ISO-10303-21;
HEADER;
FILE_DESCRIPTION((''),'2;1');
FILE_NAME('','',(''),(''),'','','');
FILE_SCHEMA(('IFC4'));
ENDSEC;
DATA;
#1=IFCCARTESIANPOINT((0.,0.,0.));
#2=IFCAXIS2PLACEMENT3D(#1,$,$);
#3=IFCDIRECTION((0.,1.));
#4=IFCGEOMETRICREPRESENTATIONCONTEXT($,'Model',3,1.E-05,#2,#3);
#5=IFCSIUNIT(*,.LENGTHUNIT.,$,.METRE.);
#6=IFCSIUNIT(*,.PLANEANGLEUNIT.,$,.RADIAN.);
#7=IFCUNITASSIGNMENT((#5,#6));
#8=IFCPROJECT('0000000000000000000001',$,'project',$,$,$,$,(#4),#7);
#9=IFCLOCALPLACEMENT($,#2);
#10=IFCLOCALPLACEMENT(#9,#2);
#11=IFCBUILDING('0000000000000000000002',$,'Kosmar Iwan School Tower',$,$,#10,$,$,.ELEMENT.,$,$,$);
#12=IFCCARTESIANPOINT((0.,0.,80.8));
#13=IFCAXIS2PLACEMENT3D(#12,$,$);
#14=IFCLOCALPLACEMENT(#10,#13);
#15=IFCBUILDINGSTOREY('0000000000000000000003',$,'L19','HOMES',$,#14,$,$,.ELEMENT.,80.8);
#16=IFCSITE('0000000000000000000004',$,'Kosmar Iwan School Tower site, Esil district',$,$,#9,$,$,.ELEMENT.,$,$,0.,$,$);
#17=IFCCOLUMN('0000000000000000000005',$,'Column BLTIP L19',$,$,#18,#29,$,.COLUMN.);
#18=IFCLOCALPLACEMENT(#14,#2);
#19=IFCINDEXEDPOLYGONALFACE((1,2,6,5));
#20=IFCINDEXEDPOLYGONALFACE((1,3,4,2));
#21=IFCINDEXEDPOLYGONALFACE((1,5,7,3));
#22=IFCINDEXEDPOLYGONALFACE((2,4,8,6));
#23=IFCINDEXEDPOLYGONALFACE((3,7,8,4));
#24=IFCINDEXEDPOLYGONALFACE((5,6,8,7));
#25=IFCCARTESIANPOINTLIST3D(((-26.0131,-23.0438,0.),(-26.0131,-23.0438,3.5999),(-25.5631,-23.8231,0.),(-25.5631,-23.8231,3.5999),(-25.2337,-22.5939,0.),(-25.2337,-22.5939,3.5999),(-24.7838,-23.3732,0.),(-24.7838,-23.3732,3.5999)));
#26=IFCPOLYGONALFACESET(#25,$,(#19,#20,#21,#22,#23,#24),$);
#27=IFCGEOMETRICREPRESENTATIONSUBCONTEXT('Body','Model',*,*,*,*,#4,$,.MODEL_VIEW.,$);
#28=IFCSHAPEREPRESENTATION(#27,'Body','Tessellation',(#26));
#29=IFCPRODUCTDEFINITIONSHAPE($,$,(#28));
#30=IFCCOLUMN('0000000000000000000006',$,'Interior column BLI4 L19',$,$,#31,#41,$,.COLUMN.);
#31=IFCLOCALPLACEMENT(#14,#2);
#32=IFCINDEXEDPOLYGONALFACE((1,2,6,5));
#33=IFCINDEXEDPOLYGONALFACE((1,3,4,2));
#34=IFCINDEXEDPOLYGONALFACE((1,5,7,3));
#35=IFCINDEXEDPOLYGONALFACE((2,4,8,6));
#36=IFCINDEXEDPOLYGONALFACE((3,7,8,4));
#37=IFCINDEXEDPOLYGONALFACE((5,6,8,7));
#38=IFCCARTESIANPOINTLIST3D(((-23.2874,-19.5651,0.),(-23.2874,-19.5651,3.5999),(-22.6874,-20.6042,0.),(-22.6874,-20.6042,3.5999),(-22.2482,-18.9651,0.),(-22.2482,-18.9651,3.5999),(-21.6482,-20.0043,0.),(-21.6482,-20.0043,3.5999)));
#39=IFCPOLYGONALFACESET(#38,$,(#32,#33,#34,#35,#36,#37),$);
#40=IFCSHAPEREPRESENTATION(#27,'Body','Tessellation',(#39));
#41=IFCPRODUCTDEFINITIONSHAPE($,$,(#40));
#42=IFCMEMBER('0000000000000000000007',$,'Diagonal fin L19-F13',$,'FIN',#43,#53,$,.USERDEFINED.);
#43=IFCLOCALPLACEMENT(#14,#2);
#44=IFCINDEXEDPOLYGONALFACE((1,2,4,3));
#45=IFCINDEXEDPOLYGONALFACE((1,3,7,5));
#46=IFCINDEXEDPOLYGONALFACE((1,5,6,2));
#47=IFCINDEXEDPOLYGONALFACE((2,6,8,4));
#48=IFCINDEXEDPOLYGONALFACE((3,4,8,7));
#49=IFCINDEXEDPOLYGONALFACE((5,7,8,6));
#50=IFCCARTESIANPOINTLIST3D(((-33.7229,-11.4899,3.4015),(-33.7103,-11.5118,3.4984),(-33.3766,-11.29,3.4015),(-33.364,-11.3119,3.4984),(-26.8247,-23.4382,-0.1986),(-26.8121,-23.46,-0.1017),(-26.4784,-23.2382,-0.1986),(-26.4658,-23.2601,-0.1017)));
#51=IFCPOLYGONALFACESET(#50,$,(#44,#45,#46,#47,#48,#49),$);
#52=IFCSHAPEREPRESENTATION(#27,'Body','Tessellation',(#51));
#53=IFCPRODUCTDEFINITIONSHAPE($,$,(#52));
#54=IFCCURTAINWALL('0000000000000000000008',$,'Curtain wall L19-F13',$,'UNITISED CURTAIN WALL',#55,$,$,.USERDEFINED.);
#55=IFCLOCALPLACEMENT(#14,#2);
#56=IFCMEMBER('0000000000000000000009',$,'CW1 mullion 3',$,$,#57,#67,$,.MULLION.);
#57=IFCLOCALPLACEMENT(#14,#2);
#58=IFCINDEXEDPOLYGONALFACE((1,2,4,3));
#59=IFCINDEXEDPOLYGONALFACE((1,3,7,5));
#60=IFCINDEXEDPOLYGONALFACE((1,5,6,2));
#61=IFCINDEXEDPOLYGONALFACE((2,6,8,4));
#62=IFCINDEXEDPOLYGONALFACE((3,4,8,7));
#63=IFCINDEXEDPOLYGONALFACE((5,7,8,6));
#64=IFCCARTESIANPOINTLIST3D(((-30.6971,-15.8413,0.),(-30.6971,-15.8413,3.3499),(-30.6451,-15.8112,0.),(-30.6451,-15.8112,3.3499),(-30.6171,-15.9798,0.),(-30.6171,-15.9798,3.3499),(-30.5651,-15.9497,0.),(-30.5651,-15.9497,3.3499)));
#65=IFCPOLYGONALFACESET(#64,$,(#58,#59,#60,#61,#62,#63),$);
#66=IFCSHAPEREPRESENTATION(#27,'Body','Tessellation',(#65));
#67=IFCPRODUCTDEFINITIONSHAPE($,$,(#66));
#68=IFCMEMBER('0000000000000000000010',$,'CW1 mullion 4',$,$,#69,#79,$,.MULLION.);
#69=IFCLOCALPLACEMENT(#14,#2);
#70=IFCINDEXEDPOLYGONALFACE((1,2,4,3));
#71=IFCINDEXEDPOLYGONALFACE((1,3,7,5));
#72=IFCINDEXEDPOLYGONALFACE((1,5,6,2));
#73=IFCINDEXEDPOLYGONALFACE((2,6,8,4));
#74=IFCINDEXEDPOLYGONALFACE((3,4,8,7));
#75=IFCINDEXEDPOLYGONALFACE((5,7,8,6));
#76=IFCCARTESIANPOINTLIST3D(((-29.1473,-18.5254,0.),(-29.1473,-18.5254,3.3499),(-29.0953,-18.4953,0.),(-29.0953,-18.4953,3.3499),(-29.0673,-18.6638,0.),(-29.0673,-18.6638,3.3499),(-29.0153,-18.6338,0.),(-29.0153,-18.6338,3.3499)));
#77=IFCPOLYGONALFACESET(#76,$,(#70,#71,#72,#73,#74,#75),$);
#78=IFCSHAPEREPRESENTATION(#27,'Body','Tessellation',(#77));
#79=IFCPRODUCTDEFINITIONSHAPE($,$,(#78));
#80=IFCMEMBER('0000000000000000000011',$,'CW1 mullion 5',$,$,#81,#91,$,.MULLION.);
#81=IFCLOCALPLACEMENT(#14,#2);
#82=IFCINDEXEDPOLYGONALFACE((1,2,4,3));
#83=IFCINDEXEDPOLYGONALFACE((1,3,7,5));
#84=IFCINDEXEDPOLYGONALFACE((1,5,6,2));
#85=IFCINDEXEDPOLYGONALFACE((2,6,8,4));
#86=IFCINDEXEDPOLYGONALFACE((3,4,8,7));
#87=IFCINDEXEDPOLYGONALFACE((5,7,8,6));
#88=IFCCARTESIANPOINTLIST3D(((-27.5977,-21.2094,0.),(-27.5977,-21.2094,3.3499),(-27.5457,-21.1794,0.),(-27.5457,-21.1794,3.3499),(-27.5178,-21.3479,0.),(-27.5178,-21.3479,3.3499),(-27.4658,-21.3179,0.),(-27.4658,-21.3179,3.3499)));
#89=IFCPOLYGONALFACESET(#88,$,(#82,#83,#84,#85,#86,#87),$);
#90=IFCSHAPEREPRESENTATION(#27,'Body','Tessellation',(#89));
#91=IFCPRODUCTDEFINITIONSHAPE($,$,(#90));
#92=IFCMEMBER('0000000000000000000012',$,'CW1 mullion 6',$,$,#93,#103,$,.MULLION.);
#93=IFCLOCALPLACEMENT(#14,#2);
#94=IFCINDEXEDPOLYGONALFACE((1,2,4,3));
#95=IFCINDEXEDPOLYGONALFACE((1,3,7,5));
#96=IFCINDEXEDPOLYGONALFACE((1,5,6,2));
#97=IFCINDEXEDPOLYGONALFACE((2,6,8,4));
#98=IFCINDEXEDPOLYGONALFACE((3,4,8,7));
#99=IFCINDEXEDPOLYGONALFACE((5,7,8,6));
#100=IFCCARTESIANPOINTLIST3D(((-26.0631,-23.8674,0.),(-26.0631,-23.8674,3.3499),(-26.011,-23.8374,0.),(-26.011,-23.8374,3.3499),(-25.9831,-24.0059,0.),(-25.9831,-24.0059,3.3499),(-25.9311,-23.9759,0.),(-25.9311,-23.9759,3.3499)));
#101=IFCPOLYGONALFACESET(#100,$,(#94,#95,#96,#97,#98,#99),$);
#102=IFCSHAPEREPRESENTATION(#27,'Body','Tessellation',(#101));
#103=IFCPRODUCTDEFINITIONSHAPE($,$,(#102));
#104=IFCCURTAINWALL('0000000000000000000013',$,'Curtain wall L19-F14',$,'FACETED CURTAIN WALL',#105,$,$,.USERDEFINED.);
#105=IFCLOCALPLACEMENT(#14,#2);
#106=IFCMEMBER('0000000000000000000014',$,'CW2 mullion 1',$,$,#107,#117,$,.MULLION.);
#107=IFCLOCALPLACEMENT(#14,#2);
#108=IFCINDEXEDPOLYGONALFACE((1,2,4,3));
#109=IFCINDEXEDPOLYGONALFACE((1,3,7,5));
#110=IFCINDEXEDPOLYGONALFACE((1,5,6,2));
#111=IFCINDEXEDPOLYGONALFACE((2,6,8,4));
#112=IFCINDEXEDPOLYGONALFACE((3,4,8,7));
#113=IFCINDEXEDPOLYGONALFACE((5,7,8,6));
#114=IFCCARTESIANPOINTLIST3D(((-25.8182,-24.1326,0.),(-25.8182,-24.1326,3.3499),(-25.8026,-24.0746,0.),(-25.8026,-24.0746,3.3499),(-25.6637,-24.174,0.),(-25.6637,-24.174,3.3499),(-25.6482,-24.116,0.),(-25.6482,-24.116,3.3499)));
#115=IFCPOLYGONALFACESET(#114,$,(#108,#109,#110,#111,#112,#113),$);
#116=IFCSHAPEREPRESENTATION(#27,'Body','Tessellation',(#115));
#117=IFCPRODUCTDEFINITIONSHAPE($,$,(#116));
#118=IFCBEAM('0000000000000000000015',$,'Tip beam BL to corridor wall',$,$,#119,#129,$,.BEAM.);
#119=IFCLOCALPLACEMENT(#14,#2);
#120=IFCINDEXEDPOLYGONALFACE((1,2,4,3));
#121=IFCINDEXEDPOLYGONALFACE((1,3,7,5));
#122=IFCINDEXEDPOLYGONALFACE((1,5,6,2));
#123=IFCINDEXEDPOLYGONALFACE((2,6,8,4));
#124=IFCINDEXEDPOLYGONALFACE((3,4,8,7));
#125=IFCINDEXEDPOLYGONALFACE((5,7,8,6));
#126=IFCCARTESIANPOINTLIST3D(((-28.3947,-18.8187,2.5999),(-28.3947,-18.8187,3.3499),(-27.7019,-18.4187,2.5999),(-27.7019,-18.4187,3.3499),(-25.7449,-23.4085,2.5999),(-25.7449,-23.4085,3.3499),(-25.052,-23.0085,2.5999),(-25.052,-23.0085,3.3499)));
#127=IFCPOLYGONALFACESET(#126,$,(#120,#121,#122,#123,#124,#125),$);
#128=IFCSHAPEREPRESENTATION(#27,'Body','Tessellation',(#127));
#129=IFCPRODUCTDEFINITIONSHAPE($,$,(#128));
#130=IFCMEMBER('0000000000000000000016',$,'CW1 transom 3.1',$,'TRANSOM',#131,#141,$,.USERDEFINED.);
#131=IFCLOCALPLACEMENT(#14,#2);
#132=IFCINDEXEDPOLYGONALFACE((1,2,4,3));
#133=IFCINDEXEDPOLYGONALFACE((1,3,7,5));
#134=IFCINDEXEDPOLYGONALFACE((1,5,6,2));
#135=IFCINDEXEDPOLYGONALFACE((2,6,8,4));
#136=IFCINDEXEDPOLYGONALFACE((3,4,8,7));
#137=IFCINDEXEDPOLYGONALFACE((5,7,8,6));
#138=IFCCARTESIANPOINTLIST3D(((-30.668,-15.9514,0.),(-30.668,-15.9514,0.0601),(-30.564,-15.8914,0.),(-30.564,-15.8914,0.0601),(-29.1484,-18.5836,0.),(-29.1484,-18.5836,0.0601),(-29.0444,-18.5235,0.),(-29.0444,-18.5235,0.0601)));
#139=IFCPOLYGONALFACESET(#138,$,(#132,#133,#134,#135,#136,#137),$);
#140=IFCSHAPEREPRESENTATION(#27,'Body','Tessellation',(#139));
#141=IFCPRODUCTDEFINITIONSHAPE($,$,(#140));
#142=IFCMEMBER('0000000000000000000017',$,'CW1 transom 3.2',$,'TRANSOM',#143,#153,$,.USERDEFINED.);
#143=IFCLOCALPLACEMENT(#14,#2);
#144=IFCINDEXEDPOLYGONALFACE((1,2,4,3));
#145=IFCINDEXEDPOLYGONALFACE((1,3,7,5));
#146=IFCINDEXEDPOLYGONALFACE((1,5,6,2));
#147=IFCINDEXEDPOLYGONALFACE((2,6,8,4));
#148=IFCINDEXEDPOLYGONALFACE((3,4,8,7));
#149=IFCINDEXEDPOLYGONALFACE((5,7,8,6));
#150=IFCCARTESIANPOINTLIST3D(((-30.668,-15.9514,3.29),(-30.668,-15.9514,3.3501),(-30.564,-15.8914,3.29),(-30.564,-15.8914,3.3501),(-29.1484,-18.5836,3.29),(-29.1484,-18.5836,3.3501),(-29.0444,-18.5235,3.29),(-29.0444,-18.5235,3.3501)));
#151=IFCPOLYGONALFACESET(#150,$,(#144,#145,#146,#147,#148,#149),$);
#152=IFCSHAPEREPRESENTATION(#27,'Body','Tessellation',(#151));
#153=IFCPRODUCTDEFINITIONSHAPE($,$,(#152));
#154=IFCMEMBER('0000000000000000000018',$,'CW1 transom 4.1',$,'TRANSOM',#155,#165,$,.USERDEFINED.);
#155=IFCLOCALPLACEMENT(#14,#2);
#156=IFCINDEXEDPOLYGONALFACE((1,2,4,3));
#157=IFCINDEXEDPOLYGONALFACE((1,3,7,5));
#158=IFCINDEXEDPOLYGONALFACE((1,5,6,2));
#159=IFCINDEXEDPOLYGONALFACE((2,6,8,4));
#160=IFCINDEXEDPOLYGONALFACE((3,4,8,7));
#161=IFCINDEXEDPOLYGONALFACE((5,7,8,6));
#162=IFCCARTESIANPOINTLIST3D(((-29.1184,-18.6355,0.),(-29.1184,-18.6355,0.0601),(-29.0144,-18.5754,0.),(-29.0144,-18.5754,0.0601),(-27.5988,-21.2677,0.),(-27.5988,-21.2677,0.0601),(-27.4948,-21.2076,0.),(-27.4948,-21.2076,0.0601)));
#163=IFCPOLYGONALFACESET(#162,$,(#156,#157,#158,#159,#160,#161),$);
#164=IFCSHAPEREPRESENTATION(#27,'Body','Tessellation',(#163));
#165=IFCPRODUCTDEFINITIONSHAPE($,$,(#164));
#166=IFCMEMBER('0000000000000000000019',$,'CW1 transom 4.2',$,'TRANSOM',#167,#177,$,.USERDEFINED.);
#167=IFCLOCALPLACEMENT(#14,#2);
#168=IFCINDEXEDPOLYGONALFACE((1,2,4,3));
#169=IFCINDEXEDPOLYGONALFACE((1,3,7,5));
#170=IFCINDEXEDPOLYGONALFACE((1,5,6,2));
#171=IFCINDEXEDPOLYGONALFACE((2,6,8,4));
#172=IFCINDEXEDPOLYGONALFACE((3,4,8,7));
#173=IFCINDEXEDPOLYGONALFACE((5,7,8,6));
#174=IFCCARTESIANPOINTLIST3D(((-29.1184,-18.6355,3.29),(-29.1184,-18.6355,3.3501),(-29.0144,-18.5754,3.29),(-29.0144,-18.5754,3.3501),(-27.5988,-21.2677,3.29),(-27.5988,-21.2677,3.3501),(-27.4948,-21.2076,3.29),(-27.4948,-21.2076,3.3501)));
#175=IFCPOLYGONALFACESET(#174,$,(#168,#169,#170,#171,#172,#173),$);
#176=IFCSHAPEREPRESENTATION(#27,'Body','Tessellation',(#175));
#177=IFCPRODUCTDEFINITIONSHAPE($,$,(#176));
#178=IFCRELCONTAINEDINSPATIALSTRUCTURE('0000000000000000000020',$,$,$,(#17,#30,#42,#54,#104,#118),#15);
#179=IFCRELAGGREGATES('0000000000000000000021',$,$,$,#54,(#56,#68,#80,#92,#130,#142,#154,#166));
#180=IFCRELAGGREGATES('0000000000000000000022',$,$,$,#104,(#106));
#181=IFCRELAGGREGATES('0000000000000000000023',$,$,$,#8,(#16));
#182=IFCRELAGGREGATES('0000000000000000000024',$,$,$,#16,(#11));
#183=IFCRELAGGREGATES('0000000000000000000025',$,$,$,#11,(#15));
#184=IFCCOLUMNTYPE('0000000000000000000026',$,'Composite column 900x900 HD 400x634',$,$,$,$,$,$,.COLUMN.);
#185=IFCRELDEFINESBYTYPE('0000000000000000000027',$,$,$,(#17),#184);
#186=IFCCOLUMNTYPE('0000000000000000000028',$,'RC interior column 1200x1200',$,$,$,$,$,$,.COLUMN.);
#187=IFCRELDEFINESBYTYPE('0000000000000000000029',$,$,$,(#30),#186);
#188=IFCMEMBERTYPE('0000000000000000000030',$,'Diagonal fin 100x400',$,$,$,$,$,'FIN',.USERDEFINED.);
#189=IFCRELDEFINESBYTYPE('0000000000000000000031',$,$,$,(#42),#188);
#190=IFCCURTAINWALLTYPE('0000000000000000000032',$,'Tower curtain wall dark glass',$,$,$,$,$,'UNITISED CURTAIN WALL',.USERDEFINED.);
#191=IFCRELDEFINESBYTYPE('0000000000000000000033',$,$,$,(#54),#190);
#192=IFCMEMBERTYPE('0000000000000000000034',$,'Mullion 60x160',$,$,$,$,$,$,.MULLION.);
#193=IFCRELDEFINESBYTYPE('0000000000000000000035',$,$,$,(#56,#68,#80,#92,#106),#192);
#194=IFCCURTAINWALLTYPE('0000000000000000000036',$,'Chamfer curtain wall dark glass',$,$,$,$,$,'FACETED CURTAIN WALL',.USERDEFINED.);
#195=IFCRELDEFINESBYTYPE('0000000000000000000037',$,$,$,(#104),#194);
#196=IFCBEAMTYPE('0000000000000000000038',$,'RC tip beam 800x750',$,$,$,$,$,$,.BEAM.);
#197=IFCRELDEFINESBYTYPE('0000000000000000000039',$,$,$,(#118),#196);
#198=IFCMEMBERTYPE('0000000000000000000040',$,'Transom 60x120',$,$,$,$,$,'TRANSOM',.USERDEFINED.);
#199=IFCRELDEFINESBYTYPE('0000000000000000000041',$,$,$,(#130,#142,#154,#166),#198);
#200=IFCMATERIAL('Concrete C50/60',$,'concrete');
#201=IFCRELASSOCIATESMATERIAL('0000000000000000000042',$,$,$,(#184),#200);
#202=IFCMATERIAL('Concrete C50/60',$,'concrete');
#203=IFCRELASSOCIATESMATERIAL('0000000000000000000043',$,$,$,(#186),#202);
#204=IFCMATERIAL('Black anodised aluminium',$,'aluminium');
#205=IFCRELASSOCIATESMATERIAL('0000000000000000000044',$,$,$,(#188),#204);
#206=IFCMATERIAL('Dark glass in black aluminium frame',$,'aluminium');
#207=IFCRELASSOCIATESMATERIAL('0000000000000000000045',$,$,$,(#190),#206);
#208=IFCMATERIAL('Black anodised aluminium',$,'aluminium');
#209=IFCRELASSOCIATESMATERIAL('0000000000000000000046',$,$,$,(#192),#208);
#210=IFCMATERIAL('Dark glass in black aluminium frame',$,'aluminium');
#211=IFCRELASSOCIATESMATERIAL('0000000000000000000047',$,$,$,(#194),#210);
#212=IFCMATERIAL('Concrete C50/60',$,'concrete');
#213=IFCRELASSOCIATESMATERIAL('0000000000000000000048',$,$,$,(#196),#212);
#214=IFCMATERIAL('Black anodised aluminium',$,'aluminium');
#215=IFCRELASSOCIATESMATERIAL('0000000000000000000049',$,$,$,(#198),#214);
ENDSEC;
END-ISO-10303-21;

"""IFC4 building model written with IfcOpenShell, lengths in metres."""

from ifc_helpers import new_model, si_unit, direction, frame, origin, origin_2d, place, context, subcontext, project, spatial, rectangle, extrude, material, material_profile, profile_set, type_object, element, aggregate, save


model = new_model("IFC4")

# Units and contexts
model_context = context("Model", 3, precision=1e-05, world=origin(), true_north=direction((0.0, 1.0)))
body_context = subcontext(model_context, "Body", "Model", "MODEL_VIEW")
ifc_project = project(units=[si_unit("LENGTHUNIT", "METRE"), si_unit("PLANEANGLEUNIT", "RADIAN")], contexts=[model_context])

# Site, building, storey
site_placement = place(None, origin())
site = spatial("IfcSite", under=ifc_project, at=site_placement, Name="Kosmar Iwan School Tower site, Esil district", CompositionType="ELEMENT", RefElevation=0.0)
building_placement = place(site_placement, origin())
building = spatial("IfcBuilding", under=site, at=building_placement, Name="Kosmar Iwan School Tower", CompositionType="ELEMENT")
storey_placement = place(building_placement, frame((0.0, 0.0, 80.8)))
storey = spatial("IfcBuildingStorey", under=building, at=storey_placement, Name="L19", Description="HOMES", CompositionType="ELEMENT", Elevation=80.8)

# Columns
ifc_material_1 = material(Name="Concrete C50/60", Category="concrete")
ifc_material_profile_1 = material_profile(ifc_material_1, rectangle(XDim=0.8999, YDim=0.8999, at=origin_2d()), Name="RC 900x900 + HD 400x634")
ifc_profile_set_1 = profile_set([ifc_material_profile_1], Name="Concrete C50/60")
column_type_1 = type_object("IfcColumnType", Name="Composite column 900x900 HD 400x634", PredefinedType="COLUMN", material=ifc_profile_set_1)
column_1_placement = place(storey_placement, frame((-25.3984, -23.2085, 0.0), z_axis=(0.0, 0.0, 1.0), x_axis=(-0.866025, -0.5, 0.0)))
element("IfcColumn", 1, at=column_1_placement, inside=storey, type_object=column_type_1, Name="Column BLTIP L19", PredefinedType="COLUMN", context=body_context, shape_type="SweptSolid", body=[
    extrude(rectangle(XDim=0.8999, YDim=0.8999, at=origin_2d()), origin(), (0.0, 0.0, 1.0), 3.5999),
])
ifc_material_2 = material(Name="Concrete C50/60", Category="concrete")
ifc_material_profile_2 = material_profile(ifc_material_2, rectangle(XDim=1.2, YDim=1.2, at=origin_2d()), Name="RC 1200x1200")
ifc_profile_set_2 = profile_set([ifc_material_profile_2], Name="Concrete C50/60")
column_type_2 = type_object("IfcColumnType", Name="RC interior column 1200x1200", PredefinedType="COLUMN", material=ifc_profile_set_2)
column_2_placement = place(storey_placement, frame((-22.4678, -19.7847, 0.0), z_axis=(0.0, 0.0, 1.0), x_axis=(-0.866025, -0.5, 0.0)))
element("IfcColumn", 2, at=column_2_placement, inside=storey, type_object=column_type_2, Name="Interior column BLI4 L19", PredefinedType="COLUMN", context=body_context, shape_type="SweptSolid", body=[
    extrude(rectangle(XDim=1.2, YDim=1.2, at=origin_2d()), origin(), (0.0, 0.0, 1.0), 3.5999),
])

# Member
ifc_material_3 = material(Name="Black anodised aluminium", Category="aluminium")
ifc_material_profile_3 = material_profile(ifc_material_3, rectangle(XDim=0.1001, YDim=0.3999, at=origin_2d()), Name="FIN 100x400")
ifc_profile_set_3 = profile_set([ifc_material_profile_3], Name="Black anodised aluminium")
member_type_1 = type_object("IfcMemberType", Name="Diagonal fin 100x400", ElementType="FIN", PredefinedType="USERDEFINED", material=ifc_profile_set_3)
member_1_placement = place(storey_placement, frame((-26.6453, -23.3491, -0.1501), z_axis=(-0.483793, 0.83797, 0.252487), x_axis=(0.126242, -0.218661, 0.9676)))
element("IfcMember", 3, at=member_1_placement, inside=storey, type_object=member_type_1, Name="Diagonal fin L19-F13", ObjectType="FIN", PredefinedType="USERDEFINED", context=body_context, shape_type="SweptSolid", body=[
    extrude(rectangle(XDim=0.1001, YDim=0.3999, at=origin_2d()), origin(), (0.0, 0.0, 1.0), 14.2585),
])

# Curtain wall, members
ifc_material_4 = material(Name="Dark glass in black aluminium frame", Category="aluminium")
curtain_wall_type_1 = type_object("IfcCurtainWallType", Name="Tower curtain wall dark glass", ElementType="UNITISED CURTAIN WALL", PredefinedType="USERDEFINED", material=ifc_material_4)
curtain_wall_1_placement = place(storey_placement, origin())
curtain_wall_1 = element("IfcCurtainWall", 4, at=curtain_wall_1_placement, inside=storey, type_object=curtain_wall_type_1, Name="Curtain wall L19-F13", ObjectType="UNITISED CURTAIN WALL", PredefinedType="USERDEFINED")
ifc_material_5 = material(Name="Black anodised aluminium", Category="aluminium")
ifc_material_profile_4 = material_profile(ifc_material_5, rectangle(XDim=0.0601, YDim=0.1599, at=origin_2d()), Name="MULLION 60x160")
ifc_profile_set_4 = profile_set([ifc_material_profile_4], Name="Black anodised aluminium")
member_type_2 = type_object("IfcMemberType", Name="Mullion 60x160", PredefinedType="MULLION", material=ifc_profile_set_4)
member_2_placement = place(storey_placement, frame((-30.6311, -15.8955, 0.0), z_axis=(0.0, 0.0, 1.0), x_axis=(0.866025, 0.5, 0.0)))
member_2 = element("IfcMember", 5, at=member_2_placement, type_object=member_type_2, Name="CW1 mullion 3", PredefinedType="MULLION", context=body_context, shape_type="SweptSolid", body=[
    extrude(rectangle(XDim=0.0601, YDim=0.1599, at=origin_2d()), origin(), (0.0, 0.0, 1.0), 3.3499),
])
member_3_placement = place(storey_placement, frame((-29.0813, -18.5796, 0.0), z_axis=(0.0, 0.0, 1.0), x_axis=(0.866025, 0.5, 0.0)))
member_3 = element("IfcMember", 6, at=member_3_placement, type_object=member_type_2, Name="CW1 mullion 4", PredefinedType="MULLION", context=body_context, shape_type="SweptSolid", body=[
    extrude(rectangle(XDim=0.0601, YDim=0.1599, at=origin_2d()), origin(), (0.0, 0.0, 1.0), 3.3499),
])
member_4_placement = place(storey_placement, frame((-27.5317, -21.2637, 0.0), z_axis=(0.0, 0.0, 1.0), x_axis=(0.866025, 0.5, 0.0)))
member_4 = element("IfcMember", 7, at=member_4_placement, type_object=member_type_2, Name="CW1 mullion 5", PredefinedType="MULLION", context=body_context, shape_type="SweptSolid", body=[
    extrude(rectangle(XDim=0.0601, YDim=0.1599, at=origin_2d()), origin(), (0.0, 0.0, 1.0), 3.3499),
])
member_5_placement = place(storey_placement, frame((-25.9971, -23.9216, 0.0), z_axis=(0.0, 0.0, 1.0), x_axis=(0.866025, 0.5, 0.0)))
member_5 = element("IfcMember", 8, at=member_5_placement, type_object=member_type_2, Name="CW1 mullion 6", PredefinedType="MULLION", context=body_context, shape_type="SweptSolid", body=[
    extrude(rectangle(XDim=0.0601, YDim=0.1599, at=origin_2d()), origin(), (0.0, 0.0, 1.0), 3.3499),
])

# Curtain wall, member
ifc_material_6 = material(Name="Dark glass in black aluminium frame", Category="aluminium")
curtain_wall_type_2 = type_object("IfcCurtainWallType", Name="Chamfer curtain wall dark glass", ElementType="FACETED CURTAIN WALL", PredefinedType="USERDEFINED", material=ifc_material_6)
curtain_wall_2_placement = place(storey_placement, origin())
curtain_wall_2 = element("IfcCurtainWall", 9, at=curtain_wall_2_placement, inside=storey, type_object=curtain_wall_type_2, Name="Curtain wall L19-F14", ObjectType="FACETED CURTAIN WALL", PredefinedType="USERDEFINED")
member_6_placement = place(storey_placement, frame((-25.7332, -24.1243, 0.0), z_axis=(0.0, 0.0, 1.0), x_axis=(0.258819, 0.965926, 0.0)))
member_6 = element("IfcMember", 10, at=member_6_placement, type_object=member_type_2, Name="CW2 mullion 1", PredefinedType="MULLION", context=body_context, shape_type="SweptSolid", body=[
    extrude(rectangle(XDim=0.0601, YDim=0.1599, at=origin_2d()), origin(), (0.0, 0.0, 1.0), 3.3499),
])

# Beam
ifc_material_7 = material(Name="Concrete C50/60", Category="concrete")
ifc_material_profile_5 = material_profile(ifc_material_7, rectangle(XDim=0.8, YDim=0.75, at=origin_2d()), Name="RC 800x750")
ifc_profile_set_5 = profile_set([ifc_material_profile_5], Name="Concrete C50/60")
beam_type = type_object("IfcBeamType", Name="RC tip beam 800x750", PredefinedType="BEAM", material=ifc_profile_set_5)
beam_placement = place(storey_placement, frame((-25.3984, -23.2085, 2.9749), z_axis=(-0.499994, 0.866029, 0.0), x_axis=(-0.866029, -0.499994, 0.0)))
element("IfcBeam", 11, at=beam_placement, inside=storey, type_object=beam_type, Name="Tip beam BL to corridor wall", PredefinedType="BEAM", context=body_context, shape_type="SweptSolid", body=[
    extrude(rectangle(XDim=0.8, YDim=0.75, at=origin_2d()), origin(), (0.0, 0.0, 1.0), 5.2998),
])

# Members
ifc_material_8 = material(Name="Black anodised aluminium", Category="aluminium")
ifc_material_profile_6 = material_profile(ifc_material_8, rectangle(XDim=0.1201, YDim=0.0601, at=origin_2d()), Name="TRANSOM 60x120")
ifc_profile_set_6 = profile_set([ifc_material_profile_6], Name="Black anodised aluminium")
member_type_3 = type_object("IfcMemberType", Name="Transom 60x120", ElementType="TRANSOM", PredefinedType="USERDEFINED", material=ifc_profile_set_6)
member_7_placement = place(storey_placement, frame((-30.616, -15.9214, 0.03), z_axis=(0.499975, -0.86604, 0.0), x_axis=(0.86604, 0.499975, 0.0)))
member_7 = element("IfcMember", 12, at=member_7_placement, type_object=member_type_3, Name="CW1 transom 3.1", ObjectType="TRANSOM", PredefinedType="USERDEFINED", context=body_context, shape_type="SweptSolid", body=[
    extrude(rectangle(XDim=0.1201, YDim=0.0601, at=origin_2d()), origin(), (0.0, 0.0, 1.0), 3.0393),
])
member_8_placement = place(storey_placement, frame((-30.616, -15.9214, 3.3201), z_axis=(0.499975, -0.86604, 0.0), x_axis=(0.86604, 0.499975, 0.0)))
member_8 = element("IfcMember", 13, at=member_8_placement, type_object=member_type_3, Name="CW1 transom 3.2", ObjectType="TRANSOM", PredefinedType="USERDEFINED", context=body_context, shape_type="SweptSolid", body=[
    extrude(rectangle(XDim=0.1201, YDim=0.0601, at=origin_2d()), origin(), (0.0, 0.0, 1.0), 3.0393),
])
member_9_placement = place(storey_placement, frame((-29.0664, -18.6055, 0.03), z_axis=(0.499975, -0.86604, 0.0), x_axis=(0.86604, 0.499975, 0.0)))
member_9 = element("IfcMember", 14, at=member_9_placement, type_object=member_type_3, Name="CW1 transom 4.1", ObjectType="TRANSOM", PredefinedType="USERDEFINED", context=body_context, shape_type="SweptSolid", body=[
    extrude(rectangle(XDim=0.1201, YDim=0.0601, at=origin_2d()), origin(), (0.0, 0.0, 1.0), 3.0393),
])
member_10_placement = place(storey_placement, frame((-29.0664, -18.6055, 3.3201), z_axis=(0.499975, -0.86604, 0.0), x_axis=(0.86604, 0.499975, 0.0)))
member_10 = element("IfcMember", 15, at=member_10_placement, type_object=member_type_3, Name="CW1 transom 4.2", ObjectType="TRANSOM", PredefinedType="USERDEFINED", context=body_context, shape_type="SweptSolid", body=[
    extrude(rectangle(XDim=0.1201, YDim=0.0601, at=origin_2d()), origin(), (0.0, 0.0, 1.0), 3.0393),
])

aggregate(curtain_wall_1, [member_2, member_3, member_4, member_5, member_7, member_8, member_9, member_10])
aggregate(curtain_wall_2, [member_6])

save(model, "model.ifc")
